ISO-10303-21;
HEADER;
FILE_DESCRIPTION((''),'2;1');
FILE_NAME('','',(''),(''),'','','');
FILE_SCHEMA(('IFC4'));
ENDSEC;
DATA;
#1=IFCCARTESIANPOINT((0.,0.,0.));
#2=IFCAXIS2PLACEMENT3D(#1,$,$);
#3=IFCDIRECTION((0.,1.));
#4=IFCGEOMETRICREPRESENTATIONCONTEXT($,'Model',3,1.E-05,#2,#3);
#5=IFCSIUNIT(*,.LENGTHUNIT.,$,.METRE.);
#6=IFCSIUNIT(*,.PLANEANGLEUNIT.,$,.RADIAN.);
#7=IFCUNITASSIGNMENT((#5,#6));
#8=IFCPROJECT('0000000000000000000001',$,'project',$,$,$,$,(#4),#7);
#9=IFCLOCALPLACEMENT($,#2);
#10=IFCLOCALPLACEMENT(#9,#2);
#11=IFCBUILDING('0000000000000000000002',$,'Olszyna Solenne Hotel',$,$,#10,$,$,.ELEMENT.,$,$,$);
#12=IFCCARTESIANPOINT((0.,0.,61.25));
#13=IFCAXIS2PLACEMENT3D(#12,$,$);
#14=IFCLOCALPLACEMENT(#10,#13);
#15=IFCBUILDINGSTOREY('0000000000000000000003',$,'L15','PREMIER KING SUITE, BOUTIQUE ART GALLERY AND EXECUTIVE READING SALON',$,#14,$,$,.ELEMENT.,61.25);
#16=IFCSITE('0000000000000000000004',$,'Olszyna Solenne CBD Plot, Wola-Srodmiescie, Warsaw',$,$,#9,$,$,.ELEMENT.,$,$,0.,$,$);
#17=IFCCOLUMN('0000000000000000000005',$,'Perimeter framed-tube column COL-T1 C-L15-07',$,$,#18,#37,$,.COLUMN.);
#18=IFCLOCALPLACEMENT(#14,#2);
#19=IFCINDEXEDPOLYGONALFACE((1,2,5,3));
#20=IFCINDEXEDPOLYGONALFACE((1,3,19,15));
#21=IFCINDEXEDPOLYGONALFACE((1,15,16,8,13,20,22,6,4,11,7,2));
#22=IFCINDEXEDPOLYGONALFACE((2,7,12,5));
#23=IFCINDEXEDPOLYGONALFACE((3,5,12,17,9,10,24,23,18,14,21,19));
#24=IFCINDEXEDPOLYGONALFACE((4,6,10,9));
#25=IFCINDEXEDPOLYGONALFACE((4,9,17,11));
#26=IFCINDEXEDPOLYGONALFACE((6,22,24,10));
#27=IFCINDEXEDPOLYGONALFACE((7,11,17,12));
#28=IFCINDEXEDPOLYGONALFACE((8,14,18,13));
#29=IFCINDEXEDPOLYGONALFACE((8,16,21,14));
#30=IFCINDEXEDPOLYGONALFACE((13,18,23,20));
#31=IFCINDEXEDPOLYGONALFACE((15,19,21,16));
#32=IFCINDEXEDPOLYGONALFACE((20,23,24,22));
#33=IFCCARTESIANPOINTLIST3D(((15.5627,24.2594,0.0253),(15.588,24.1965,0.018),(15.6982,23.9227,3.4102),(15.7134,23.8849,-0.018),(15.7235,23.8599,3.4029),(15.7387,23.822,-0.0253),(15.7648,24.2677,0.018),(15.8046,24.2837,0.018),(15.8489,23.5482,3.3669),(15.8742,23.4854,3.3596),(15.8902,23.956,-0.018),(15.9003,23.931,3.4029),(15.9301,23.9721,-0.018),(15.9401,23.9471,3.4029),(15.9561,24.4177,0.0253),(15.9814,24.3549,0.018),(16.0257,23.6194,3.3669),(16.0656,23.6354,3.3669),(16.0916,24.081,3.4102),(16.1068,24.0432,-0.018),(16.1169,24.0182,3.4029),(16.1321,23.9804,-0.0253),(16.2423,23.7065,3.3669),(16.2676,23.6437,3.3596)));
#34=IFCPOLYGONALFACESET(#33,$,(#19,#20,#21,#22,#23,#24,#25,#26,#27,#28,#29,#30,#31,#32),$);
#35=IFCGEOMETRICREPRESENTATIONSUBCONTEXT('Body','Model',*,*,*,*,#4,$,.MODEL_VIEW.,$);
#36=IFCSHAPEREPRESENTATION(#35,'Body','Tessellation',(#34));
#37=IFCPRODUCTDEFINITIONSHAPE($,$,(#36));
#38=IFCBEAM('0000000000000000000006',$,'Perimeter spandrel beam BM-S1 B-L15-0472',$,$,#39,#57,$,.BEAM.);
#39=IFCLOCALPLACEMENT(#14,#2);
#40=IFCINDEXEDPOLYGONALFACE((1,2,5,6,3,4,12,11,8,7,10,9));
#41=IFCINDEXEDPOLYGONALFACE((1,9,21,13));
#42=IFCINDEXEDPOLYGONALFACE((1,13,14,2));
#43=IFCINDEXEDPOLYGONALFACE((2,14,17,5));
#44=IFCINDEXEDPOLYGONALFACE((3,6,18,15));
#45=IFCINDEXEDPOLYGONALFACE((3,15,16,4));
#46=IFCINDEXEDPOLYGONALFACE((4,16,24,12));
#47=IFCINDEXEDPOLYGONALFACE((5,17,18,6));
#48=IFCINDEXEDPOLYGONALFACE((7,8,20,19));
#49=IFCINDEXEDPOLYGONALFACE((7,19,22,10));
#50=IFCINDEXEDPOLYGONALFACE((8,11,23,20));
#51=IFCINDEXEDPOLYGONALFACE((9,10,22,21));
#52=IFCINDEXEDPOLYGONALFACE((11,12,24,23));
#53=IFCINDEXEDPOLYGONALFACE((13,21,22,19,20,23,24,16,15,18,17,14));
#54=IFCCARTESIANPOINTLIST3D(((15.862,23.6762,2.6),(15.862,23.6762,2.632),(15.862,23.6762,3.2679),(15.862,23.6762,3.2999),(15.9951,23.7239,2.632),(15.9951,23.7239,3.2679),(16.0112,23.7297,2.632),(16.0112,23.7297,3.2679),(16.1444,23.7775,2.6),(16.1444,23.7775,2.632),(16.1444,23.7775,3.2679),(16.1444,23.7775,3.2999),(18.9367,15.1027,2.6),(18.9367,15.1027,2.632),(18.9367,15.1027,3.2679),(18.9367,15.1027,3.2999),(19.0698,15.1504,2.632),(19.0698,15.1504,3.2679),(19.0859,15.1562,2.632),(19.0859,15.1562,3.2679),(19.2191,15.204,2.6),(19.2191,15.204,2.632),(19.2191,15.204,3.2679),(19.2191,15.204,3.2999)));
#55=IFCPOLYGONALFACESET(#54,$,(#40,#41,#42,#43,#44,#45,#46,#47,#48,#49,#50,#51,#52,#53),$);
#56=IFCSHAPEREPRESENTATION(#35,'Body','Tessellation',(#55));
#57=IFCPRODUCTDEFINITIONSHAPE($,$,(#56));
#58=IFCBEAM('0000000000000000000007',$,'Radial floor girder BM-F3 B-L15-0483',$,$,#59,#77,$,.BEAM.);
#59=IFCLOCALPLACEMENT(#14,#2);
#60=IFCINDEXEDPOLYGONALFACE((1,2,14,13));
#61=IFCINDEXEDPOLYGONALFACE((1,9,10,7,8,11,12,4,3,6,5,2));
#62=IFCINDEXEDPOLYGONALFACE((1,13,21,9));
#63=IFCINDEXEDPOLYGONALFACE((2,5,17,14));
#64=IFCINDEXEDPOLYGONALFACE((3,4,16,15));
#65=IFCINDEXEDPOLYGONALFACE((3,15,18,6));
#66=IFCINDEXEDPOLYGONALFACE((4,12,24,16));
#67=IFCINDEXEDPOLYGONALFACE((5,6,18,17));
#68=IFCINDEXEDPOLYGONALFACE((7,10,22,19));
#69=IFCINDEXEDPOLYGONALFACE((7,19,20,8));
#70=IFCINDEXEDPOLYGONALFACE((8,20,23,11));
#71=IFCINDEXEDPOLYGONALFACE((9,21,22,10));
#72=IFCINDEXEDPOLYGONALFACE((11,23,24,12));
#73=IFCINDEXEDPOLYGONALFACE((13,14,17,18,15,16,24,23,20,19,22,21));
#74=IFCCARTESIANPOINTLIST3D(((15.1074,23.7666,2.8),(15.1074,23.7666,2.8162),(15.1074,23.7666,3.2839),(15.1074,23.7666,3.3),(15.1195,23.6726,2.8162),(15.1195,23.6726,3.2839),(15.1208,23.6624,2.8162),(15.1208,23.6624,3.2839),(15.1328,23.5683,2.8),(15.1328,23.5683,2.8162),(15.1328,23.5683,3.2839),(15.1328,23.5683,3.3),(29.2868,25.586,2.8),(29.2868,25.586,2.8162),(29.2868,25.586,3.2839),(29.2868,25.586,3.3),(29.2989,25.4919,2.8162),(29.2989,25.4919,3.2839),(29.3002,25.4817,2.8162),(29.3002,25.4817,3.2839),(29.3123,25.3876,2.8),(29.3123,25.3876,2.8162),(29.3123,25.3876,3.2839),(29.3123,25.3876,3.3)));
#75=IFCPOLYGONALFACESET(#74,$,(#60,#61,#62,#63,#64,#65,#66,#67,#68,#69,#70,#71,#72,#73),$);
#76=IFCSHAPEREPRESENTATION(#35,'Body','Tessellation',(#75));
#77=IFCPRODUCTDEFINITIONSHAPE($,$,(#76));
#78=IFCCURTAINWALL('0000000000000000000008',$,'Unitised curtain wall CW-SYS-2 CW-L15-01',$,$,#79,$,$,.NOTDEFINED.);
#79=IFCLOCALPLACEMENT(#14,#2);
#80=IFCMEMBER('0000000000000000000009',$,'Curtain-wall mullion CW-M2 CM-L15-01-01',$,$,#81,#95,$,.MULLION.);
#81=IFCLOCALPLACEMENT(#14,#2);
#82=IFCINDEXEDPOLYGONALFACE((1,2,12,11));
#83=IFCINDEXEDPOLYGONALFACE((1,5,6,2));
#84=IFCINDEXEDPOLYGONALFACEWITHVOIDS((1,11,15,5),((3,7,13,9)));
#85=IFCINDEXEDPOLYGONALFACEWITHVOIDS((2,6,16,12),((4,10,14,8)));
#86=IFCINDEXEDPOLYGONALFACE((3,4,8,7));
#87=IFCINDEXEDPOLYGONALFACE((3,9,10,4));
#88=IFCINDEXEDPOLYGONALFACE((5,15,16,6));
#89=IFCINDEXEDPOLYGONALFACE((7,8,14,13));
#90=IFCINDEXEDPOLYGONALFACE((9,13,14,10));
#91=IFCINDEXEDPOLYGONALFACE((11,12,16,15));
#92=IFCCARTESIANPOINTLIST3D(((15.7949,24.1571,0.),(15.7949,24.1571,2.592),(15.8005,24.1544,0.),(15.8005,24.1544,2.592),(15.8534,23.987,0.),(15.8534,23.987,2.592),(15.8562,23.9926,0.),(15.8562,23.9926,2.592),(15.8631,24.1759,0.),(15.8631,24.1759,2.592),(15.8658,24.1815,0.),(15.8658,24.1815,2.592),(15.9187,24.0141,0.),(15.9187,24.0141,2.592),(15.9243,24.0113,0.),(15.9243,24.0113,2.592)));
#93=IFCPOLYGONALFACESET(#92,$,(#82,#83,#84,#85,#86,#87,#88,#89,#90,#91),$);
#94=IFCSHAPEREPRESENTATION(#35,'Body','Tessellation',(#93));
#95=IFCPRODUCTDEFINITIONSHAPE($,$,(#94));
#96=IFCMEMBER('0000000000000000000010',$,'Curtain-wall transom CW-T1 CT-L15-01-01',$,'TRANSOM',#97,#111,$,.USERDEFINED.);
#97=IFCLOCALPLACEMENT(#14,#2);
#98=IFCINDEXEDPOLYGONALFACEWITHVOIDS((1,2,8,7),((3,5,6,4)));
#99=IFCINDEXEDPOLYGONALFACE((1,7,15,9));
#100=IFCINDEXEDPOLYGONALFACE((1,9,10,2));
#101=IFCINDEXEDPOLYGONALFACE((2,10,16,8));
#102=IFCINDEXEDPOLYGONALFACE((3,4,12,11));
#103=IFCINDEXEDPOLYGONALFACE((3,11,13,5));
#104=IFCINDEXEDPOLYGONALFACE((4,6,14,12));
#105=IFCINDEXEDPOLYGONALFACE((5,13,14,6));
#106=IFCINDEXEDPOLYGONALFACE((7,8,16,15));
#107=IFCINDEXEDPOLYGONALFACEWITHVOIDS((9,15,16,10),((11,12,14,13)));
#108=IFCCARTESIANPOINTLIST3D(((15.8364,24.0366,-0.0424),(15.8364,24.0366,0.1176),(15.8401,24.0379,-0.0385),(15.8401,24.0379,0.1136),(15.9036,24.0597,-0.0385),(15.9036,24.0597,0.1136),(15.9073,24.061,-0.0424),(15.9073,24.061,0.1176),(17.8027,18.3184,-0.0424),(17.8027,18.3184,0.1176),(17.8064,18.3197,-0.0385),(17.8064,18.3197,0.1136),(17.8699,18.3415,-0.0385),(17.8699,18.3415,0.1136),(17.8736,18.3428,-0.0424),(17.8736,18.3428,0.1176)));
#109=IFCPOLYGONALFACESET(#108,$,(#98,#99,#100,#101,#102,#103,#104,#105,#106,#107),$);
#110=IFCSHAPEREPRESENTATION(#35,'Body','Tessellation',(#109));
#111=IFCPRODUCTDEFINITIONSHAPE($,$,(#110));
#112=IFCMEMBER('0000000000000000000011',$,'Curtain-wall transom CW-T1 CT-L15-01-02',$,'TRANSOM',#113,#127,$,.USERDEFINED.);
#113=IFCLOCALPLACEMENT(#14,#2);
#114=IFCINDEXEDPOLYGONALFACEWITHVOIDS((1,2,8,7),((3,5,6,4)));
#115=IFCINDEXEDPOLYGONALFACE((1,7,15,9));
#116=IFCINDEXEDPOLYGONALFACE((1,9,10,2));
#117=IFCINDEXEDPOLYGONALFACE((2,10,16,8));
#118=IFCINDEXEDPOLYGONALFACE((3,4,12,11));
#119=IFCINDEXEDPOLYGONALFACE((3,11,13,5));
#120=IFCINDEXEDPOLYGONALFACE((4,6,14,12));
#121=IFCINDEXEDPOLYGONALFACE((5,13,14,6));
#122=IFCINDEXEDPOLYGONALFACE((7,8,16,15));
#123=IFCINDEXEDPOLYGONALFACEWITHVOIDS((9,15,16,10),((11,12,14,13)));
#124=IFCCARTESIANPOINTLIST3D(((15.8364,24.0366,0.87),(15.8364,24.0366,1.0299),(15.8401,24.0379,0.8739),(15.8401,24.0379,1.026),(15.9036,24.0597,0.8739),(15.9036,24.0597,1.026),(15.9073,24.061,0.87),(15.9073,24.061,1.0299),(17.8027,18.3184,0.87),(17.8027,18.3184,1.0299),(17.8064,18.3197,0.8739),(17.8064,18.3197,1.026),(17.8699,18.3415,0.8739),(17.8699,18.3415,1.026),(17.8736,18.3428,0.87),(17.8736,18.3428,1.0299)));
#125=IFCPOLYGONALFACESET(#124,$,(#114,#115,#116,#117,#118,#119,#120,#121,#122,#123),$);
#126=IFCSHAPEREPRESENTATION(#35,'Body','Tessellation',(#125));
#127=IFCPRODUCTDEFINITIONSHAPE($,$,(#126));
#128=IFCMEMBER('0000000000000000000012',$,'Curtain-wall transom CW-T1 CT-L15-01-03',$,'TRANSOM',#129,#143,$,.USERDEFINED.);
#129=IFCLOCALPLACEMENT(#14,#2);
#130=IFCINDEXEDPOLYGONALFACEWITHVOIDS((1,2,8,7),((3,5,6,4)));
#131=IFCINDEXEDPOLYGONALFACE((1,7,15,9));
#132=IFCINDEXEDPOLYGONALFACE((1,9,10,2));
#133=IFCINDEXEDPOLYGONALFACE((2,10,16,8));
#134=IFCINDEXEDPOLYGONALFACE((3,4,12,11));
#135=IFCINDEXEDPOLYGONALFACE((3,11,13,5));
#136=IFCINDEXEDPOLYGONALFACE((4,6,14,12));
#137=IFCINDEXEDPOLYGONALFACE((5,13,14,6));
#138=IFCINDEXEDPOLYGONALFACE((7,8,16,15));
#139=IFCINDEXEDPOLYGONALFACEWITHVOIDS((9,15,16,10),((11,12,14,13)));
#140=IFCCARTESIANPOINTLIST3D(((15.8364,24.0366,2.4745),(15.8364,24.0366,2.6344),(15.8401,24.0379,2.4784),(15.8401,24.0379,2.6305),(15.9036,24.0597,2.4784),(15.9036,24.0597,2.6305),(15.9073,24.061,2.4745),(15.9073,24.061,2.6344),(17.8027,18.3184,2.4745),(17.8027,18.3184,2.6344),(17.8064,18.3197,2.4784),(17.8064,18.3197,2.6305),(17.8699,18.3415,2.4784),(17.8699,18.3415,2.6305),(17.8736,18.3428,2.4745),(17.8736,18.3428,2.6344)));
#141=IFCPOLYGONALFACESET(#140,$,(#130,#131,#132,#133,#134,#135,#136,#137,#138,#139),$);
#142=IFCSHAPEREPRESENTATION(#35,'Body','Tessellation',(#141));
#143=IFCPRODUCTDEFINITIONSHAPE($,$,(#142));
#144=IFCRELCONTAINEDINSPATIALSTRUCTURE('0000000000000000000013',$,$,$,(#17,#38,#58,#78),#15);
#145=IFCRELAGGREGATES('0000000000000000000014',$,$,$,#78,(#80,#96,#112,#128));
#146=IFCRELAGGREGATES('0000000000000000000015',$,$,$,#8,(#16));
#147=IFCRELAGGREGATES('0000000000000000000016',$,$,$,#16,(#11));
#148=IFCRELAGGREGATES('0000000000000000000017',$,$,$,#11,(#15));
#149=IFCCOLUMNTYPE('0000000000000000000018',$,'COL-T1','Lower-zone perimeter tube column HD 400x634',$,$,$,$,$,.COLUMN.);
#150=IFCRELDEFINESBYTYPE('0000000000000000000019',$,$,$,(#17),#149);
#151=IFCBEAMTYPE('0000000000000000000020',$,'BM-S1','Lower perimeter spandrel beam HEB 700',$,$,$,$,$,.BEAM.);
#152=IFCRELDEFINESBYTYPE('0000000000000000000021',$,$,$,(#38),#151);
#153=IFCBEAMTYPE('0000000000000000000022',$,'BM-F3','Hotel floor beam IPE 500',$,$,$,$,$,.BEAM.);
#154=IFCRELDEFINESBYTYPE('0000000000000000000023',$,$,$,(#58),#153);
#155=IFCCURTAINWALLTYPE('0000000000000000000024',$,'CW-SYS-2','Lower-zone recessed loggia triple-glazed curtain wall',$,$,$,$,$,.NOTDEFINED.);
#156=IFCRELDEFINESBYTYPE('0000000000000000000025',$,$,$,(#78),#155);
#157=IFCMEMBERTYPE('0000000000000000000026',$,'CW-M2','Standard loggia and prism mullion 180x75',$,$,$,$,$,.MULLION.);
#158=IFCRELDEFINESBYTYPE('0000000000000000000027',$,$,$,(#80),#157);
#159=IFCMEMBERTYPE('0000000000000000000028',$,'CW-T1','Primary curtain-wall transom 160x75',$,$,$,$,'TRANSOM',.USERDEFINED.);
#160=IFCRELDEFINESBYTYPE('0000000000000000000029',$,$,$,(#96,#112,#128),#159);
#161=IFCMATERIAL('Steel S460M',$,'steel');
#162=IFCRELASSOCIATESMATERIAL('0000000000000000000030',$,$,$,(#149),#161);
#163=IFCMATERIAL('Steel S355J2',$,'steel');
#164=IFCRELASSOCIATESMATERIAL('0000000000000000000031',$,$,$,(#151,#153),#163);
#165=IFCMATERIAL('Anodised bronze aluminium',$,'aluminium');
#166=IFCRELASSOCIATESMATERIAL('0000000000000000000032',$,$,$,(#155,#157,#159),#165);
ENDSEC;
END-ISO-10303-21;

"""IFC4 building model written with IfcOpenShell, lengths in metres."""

from ifc_helpers import new_model, si_unit, direction, frame, origin, origin_2d, place, context, subcontext, project, spatial, hollow_rectangle, i_section, extrude, source, transform, mapped, material, material_profile, profile_set, type_object, element, aggregate, save


model = new_model("IFC4")

# Units and contexts
model_context = context("Model", 3, precision=1e-05, world=origin(), true_north=direction((0.0, 1.0)))
body_context = subcontext(model_context, "Body", "Model", "MODEL_VIEW")
ifc_project = project(units=[si_unit("LENGTHUNIT", "METRE"), si_unit("PLANEANGLEUNIT", "RADIAN")], contexts=[model_context])

# Site, building, storey
site_placement = place(None, origin())
site = spatial("IfcSite", under=ifc_project, at=site_placement, Name="Olszyna Solenne CBD Plot, Wola-Srodmiescie, Warsaw", CompositionType="ELEMENT", RefElevation=0.0)
building_placement = place(site_placement, origin())
building = spatial("IfcBuilding", under=site, at=building_placement, Name="Olszyna Solenne Hotel", CompositionType="ELEMENT")
storey_placement = place(building_placement, frame((0.0, 0.0, 61.25)))
storey = spatial("IfcBuildingStorey", under=building, at=storey_placement, Name="L15", Description="PREMIER KING SUITE, BOUTIQUE ART GALLERY AND EXECUTIVE READING SALON", CompositionType="ELEMENT", Elevation=61.25)

# Column
ifc_material_1 = material(Name="Steel S460M", Category="steel")
ifc_material_profile_1 = material_profile(ifc_material_1, i_section(OverallWidth=0.4241, OverallDepth=0.4741, WebThickness=0.043, FlangeThickness=0.0681, at=origin_2d()), Name="HD 400x634", Category="load-bearing")
ifc_profile_set_1 = profile_set([ifc_material_profile_1], Name="Steel S460M")
column_type = type_object("IfcColumnType", Name="COL-T1", Description="Lower-zone perimeter tube column HD 400x634", PredefinedType="COLUMN", material=ifc_profile_set_1)
shared_shape_1 = source(origin(), body_context, "Body", "SweptSolid", [
    extrude(i_section(OverallWidth=0.4241, OverallDepth=0.4741, WebThickness=0.043, FlangeThickness=0.0681, at=origin_2d()), origin(), (0.0, 0.0, 1.0), 3.4043),
])
column_placement = place(storey_placement, frame((15.8474, 24.1199, 0.0), z_axis=(0.039801, -0.098892, 0.994302), x_axis=(0.927686, 0.373362, 0.0)))
element("IfcColumn", 1, at=column_placement, inside=storey, type_object=column_type, Name="Perimeter framed-tube column COL-T1 C-L15-07", PredefinedType="COLUMN", context=body_context, shape_type="MappedRepresentation", body=[
    mapped(shared_shape_1, transform((0.0, 0.0, 0.0), x_axis=(1.0, 0.0, 0.0), y_axis=(0.0, 1.0, 0.0), z_axis=(0.0, 0.0, 1.0), scale=1.0)),
])

# Beams
ifc_material_2 = material(Name="Steel S355J2", Category="steel")
ifc_material_profile_2 = material_profile(ifc_material_2, i_section(OverallWidth=0.3, OverallDepth=0.7, WebThickness=0.0171, FlangeThickness=0.032, at=origin_2d()), Name="HEB 700", Category="load-bearing")
ifc_profile_set_2 = profile_set([ifc_material_profile_2], Name="Steel S355J2")
beam_type_1 = type_object("IfcBeamType", Name="BM-S1", Description="Lower perimeter spandrel beam HEB 700", PredefinedType="BEAM", material=ifc_profile_set_2)
shared_shape_2 = source(origin(), body_context, "Body", "SweptSolid", [
    extrude(i_section(OverallWidth=0.3, OverallDepth=0.7, WebThickness=0.0171, FlangeThickness=0.032, at=origin_2d()), origin(), (0.0, 0.0, 1.0), 9.1082),
])
beam_1_placement = place(storey_placement, frame((16.0032, 23.7268, 2.95), z_axis=(0.337577, -0.941298, 0.0), x_axis=(0.941298, 0.337577, 0.0)))
element("IfcBeam", 2, at=beam_1_placement, inside=storey, type_object=beam_type_1, Name="Perimeter spandrel beam BM-S1 B-L15-0472", PredefinedType="BEAM", context=body_context, shape_type="MappedRepresentation", body=[
    mapped(shared_shape_2, transform((0.0, 0.0, 0.0), x_axis=(1.0, 0.0, 0.0), y_axis=(0.0, 1.0, 0.0), z_axis=(0.0, 0.0, 1.0), scale=1.0)),
])
ifc_material_profile_3 = material_profile(ifc_material_2, i_section(OverallWidth=0.2, OverallDepth=0.5, WebThickness=0.0103, FlangeThickness=0.0161, at=origin_2d()), Name="IPE 500", Category="load-bearing")
ifc_profile_set_3 = profile_set([ifc_material_profile_3], Name="Steel S355J2")
beam_type_2 = type_object("IfcBeamType", Name="BM-F3", Description="Hotel floor beam IPE 500", PredefinedType="BEAM", material=ifc_profile_set_3)
shared_shape_3 = source(origin(), body_context, "Body", "SweptSolid", [
    extrude(i_section(OverallWidth=0.2, OverallDepth=0.5, WebThickness=0.0103, FlangeThickness=0.0161, at=origin_2d()), origin(), (0.0, 0.0, 1.0), 14.2957),
])
beam_2_placement = place(storey_placement, frame((15.1201, 23.6675, 3.05), z_axis=(0.991869, 0.127265, 0.0), x_axis=(-0.127265, 0.991869, 0.0)))
element("IfcBeam", 3, at=beam_2_placement, inside=storey, type_object=beam_type_2, Name="Radial floor girder BM-F3 B-L15-0483", PredefinedType="BEAM", context=body_context, shape_type="MappedRepresentation", body=[
    mapped(shared_shape_3, transform((0.0, 0.0, 0.0), x_axis=(1.0, 0.0, 0.0), y_axis=(0.0, 1.0, 0.0), z_axis=(0.0, 0.0, 1.0), scale=1.0)),
])

# Curtain wall, members
ifc_material_3 = material(Name="Anodised bronze aluminium", Category="aluminium")
curtain_wall_type = type_object("IfcCurtainWallType", Name="CW-SYS-2", Description="Lower-zone recessed loggia triple-glazed curtain wall", PredefinedType="NOTDEFINED", material=ifc_material_3)
curtain_wall_placement = place(storey_placement, origin())
curtain_wall = element("IfcCurtainWall", 4, at=curtain_wall_placement, inside=storey, type_object=curtain_wall_type, Name="Unitised curtain wall CW-SYS-2 CW-L15-01", PredefinedType="NOTDEFINED")
ifc_material_profile_4 = material_profile(ifc_material_3, hollow_rectangle(XDim=0.075, YDim=0.1799, WallThickness=0.0044, at=origin_2d()), Name="MULL 180x75x4.5", Category="load-bearing")
ifc_profile_set_4 = profile_set([ifc_material_profile_4], Name="Anodised bronze aluminium")
member_type_1 = type_object("IfcMemberType", Name="CW-M2", Description="Standard loggia and prism mullion 180x75", PredefinedType="MULLION", material=ifc_profile_set_4)
shared_shape_4 = source(origin(), body_context, "Body", "SweptSolid", [
    extrude(hollow_rectangle(XDim=0.075, YDim=0.1799, WallThickness=0.0044, at=origin_2d()), origin(), (0.0, 0.0, 1.0), 2.592),
])
member_1_placement = place(storey_placement, frame((15.8596, 24.0842, 0.0), z_axis=(0.0, 0.0, 1.0), x_axis=(0.945661, 0.325153, 0.0)))
member_1 = element("IfcMember", 5, at=member_1_placement, type_object=member_type_1, Name="Curtain-wall mullion CW-M2 CM-L15-01-01", PredefinedType="MULLION", context=body_context, shape_type="MappedRepresentation", body=[
    mapped(shared_shape_4, transform((0.0, 0.0, 0.0), x_axis=(1.0, 0.0, 0.0), y_axis=(0.0, 1.0, 0.0), z_axis=(0.0, 0.0, 1.0), scale=1.0)),
])
ifc_material_profile_5 = material_profile(ifc_material_3, hollow_rectangle(XDim=0.075, YDim=0.1599, WallThickness=0.0039, at=origin_2d()), Name="TRAN 160x75x4", Category="load-bearing")
ifc_profile_set_5 = profile_set([ifc_material_profile_5], Name="Anodised bronze aluminium")
member_type_2 = type_object("IfcMemberType", Name="CW-T1", Description="Primary curtain-wall transom 160x75", ElementType="TRANSOM", PredefinedType="USERDEFINED", material=ifc_profile_set_5)
shared_shape_5 = source(origin(), body_context, "Body", "SweptSolid", [
    extrude(hollow_rectangle(XDim=0.075, YDim=0.1599, WallThickness=0.0039, at=origin_2d()), origin(), (0.0, 0.0, 1.0), 6.0469),
])
member_2_placement = place(storey_placement, frame((15.8718, 24.0488, 0.0376), z_axis=(0.325177, -0.945653, 0.0), x_axis=(0.945653, 0.325177, 0.0)))
member_2 = element("IfcMember", 6, at=member_2_placement, type_object=member_type_2, Name="Curtain-wall transom CW-T1 CT-L15-01-01", ObjectType="TRANSOM", PredefinedType="USERDEFINED", context=body_context, shape_type="MappedRepresentation", body=[
    mapped(shared_shape_5, transform((0.0, 0.0, 0.0), x_axis=(1.0, 0.0, 0.0), y_axis=(0.0, 1.0, 0.0), z_axis=(0.0, 0.0, 1.0), scale=1.0)),
])
member_3_placement = place(storey_placement, frame((15.8718, 24.0488, 0.95), z_axis=(0.325177, -0.945653, 0.0), x_axis=(0.945653, 0.325177, 0.0)))
member_3 = element("IfcMember", 7, at=member_3_placement, type_object=member_type_2, Name="Curtain-wall transom CW-T1 CT-L15-01-02", ObjectType="TRANSOM", PredefinedType="USERDEFINED", context=body_context, shape_type="MappedRepresentation", body=[
    mapped(shared_shape_5, transform((0.0, 0.0, 0.0), x_axis=(1.0, 0.0, 0.0), y_axis=(0.0, 1.0, 0.0), z_axis=(0.0, 0.0, 1.0), scale=1.0)),
])
member_4_placement = place(storey_placement, frame((15.8718, 24.0488, 2.5544), z_axis=(0.325177, -0.945653, 0.0), x_axis=(0.945653, 0.325177, 0.0)))
member_4 = element("IfcMember", 8, at=member_4_placement, type_object=member_type_2, Name="Curtain-wall transom CW-T1 CT-L15-01-03", ObjectType="TRANSOM", PredefinedType="USERDEFINED", context=body_context, shape_type="MappedRepresentation", body=[
    mapped(shared_shape_5, transform((0.0, 0.0, 0.0), x_axis=(1.0, 0.0, 0.0), y_axis=(0.0, 1.0, 0.0), z_axis=(0.0, 0.0, 1.0), scale=1.0)),
])
aggregate(curtain_wall, [member_1, member_2, member_3, member_4])

save(model, "model.ifc")
